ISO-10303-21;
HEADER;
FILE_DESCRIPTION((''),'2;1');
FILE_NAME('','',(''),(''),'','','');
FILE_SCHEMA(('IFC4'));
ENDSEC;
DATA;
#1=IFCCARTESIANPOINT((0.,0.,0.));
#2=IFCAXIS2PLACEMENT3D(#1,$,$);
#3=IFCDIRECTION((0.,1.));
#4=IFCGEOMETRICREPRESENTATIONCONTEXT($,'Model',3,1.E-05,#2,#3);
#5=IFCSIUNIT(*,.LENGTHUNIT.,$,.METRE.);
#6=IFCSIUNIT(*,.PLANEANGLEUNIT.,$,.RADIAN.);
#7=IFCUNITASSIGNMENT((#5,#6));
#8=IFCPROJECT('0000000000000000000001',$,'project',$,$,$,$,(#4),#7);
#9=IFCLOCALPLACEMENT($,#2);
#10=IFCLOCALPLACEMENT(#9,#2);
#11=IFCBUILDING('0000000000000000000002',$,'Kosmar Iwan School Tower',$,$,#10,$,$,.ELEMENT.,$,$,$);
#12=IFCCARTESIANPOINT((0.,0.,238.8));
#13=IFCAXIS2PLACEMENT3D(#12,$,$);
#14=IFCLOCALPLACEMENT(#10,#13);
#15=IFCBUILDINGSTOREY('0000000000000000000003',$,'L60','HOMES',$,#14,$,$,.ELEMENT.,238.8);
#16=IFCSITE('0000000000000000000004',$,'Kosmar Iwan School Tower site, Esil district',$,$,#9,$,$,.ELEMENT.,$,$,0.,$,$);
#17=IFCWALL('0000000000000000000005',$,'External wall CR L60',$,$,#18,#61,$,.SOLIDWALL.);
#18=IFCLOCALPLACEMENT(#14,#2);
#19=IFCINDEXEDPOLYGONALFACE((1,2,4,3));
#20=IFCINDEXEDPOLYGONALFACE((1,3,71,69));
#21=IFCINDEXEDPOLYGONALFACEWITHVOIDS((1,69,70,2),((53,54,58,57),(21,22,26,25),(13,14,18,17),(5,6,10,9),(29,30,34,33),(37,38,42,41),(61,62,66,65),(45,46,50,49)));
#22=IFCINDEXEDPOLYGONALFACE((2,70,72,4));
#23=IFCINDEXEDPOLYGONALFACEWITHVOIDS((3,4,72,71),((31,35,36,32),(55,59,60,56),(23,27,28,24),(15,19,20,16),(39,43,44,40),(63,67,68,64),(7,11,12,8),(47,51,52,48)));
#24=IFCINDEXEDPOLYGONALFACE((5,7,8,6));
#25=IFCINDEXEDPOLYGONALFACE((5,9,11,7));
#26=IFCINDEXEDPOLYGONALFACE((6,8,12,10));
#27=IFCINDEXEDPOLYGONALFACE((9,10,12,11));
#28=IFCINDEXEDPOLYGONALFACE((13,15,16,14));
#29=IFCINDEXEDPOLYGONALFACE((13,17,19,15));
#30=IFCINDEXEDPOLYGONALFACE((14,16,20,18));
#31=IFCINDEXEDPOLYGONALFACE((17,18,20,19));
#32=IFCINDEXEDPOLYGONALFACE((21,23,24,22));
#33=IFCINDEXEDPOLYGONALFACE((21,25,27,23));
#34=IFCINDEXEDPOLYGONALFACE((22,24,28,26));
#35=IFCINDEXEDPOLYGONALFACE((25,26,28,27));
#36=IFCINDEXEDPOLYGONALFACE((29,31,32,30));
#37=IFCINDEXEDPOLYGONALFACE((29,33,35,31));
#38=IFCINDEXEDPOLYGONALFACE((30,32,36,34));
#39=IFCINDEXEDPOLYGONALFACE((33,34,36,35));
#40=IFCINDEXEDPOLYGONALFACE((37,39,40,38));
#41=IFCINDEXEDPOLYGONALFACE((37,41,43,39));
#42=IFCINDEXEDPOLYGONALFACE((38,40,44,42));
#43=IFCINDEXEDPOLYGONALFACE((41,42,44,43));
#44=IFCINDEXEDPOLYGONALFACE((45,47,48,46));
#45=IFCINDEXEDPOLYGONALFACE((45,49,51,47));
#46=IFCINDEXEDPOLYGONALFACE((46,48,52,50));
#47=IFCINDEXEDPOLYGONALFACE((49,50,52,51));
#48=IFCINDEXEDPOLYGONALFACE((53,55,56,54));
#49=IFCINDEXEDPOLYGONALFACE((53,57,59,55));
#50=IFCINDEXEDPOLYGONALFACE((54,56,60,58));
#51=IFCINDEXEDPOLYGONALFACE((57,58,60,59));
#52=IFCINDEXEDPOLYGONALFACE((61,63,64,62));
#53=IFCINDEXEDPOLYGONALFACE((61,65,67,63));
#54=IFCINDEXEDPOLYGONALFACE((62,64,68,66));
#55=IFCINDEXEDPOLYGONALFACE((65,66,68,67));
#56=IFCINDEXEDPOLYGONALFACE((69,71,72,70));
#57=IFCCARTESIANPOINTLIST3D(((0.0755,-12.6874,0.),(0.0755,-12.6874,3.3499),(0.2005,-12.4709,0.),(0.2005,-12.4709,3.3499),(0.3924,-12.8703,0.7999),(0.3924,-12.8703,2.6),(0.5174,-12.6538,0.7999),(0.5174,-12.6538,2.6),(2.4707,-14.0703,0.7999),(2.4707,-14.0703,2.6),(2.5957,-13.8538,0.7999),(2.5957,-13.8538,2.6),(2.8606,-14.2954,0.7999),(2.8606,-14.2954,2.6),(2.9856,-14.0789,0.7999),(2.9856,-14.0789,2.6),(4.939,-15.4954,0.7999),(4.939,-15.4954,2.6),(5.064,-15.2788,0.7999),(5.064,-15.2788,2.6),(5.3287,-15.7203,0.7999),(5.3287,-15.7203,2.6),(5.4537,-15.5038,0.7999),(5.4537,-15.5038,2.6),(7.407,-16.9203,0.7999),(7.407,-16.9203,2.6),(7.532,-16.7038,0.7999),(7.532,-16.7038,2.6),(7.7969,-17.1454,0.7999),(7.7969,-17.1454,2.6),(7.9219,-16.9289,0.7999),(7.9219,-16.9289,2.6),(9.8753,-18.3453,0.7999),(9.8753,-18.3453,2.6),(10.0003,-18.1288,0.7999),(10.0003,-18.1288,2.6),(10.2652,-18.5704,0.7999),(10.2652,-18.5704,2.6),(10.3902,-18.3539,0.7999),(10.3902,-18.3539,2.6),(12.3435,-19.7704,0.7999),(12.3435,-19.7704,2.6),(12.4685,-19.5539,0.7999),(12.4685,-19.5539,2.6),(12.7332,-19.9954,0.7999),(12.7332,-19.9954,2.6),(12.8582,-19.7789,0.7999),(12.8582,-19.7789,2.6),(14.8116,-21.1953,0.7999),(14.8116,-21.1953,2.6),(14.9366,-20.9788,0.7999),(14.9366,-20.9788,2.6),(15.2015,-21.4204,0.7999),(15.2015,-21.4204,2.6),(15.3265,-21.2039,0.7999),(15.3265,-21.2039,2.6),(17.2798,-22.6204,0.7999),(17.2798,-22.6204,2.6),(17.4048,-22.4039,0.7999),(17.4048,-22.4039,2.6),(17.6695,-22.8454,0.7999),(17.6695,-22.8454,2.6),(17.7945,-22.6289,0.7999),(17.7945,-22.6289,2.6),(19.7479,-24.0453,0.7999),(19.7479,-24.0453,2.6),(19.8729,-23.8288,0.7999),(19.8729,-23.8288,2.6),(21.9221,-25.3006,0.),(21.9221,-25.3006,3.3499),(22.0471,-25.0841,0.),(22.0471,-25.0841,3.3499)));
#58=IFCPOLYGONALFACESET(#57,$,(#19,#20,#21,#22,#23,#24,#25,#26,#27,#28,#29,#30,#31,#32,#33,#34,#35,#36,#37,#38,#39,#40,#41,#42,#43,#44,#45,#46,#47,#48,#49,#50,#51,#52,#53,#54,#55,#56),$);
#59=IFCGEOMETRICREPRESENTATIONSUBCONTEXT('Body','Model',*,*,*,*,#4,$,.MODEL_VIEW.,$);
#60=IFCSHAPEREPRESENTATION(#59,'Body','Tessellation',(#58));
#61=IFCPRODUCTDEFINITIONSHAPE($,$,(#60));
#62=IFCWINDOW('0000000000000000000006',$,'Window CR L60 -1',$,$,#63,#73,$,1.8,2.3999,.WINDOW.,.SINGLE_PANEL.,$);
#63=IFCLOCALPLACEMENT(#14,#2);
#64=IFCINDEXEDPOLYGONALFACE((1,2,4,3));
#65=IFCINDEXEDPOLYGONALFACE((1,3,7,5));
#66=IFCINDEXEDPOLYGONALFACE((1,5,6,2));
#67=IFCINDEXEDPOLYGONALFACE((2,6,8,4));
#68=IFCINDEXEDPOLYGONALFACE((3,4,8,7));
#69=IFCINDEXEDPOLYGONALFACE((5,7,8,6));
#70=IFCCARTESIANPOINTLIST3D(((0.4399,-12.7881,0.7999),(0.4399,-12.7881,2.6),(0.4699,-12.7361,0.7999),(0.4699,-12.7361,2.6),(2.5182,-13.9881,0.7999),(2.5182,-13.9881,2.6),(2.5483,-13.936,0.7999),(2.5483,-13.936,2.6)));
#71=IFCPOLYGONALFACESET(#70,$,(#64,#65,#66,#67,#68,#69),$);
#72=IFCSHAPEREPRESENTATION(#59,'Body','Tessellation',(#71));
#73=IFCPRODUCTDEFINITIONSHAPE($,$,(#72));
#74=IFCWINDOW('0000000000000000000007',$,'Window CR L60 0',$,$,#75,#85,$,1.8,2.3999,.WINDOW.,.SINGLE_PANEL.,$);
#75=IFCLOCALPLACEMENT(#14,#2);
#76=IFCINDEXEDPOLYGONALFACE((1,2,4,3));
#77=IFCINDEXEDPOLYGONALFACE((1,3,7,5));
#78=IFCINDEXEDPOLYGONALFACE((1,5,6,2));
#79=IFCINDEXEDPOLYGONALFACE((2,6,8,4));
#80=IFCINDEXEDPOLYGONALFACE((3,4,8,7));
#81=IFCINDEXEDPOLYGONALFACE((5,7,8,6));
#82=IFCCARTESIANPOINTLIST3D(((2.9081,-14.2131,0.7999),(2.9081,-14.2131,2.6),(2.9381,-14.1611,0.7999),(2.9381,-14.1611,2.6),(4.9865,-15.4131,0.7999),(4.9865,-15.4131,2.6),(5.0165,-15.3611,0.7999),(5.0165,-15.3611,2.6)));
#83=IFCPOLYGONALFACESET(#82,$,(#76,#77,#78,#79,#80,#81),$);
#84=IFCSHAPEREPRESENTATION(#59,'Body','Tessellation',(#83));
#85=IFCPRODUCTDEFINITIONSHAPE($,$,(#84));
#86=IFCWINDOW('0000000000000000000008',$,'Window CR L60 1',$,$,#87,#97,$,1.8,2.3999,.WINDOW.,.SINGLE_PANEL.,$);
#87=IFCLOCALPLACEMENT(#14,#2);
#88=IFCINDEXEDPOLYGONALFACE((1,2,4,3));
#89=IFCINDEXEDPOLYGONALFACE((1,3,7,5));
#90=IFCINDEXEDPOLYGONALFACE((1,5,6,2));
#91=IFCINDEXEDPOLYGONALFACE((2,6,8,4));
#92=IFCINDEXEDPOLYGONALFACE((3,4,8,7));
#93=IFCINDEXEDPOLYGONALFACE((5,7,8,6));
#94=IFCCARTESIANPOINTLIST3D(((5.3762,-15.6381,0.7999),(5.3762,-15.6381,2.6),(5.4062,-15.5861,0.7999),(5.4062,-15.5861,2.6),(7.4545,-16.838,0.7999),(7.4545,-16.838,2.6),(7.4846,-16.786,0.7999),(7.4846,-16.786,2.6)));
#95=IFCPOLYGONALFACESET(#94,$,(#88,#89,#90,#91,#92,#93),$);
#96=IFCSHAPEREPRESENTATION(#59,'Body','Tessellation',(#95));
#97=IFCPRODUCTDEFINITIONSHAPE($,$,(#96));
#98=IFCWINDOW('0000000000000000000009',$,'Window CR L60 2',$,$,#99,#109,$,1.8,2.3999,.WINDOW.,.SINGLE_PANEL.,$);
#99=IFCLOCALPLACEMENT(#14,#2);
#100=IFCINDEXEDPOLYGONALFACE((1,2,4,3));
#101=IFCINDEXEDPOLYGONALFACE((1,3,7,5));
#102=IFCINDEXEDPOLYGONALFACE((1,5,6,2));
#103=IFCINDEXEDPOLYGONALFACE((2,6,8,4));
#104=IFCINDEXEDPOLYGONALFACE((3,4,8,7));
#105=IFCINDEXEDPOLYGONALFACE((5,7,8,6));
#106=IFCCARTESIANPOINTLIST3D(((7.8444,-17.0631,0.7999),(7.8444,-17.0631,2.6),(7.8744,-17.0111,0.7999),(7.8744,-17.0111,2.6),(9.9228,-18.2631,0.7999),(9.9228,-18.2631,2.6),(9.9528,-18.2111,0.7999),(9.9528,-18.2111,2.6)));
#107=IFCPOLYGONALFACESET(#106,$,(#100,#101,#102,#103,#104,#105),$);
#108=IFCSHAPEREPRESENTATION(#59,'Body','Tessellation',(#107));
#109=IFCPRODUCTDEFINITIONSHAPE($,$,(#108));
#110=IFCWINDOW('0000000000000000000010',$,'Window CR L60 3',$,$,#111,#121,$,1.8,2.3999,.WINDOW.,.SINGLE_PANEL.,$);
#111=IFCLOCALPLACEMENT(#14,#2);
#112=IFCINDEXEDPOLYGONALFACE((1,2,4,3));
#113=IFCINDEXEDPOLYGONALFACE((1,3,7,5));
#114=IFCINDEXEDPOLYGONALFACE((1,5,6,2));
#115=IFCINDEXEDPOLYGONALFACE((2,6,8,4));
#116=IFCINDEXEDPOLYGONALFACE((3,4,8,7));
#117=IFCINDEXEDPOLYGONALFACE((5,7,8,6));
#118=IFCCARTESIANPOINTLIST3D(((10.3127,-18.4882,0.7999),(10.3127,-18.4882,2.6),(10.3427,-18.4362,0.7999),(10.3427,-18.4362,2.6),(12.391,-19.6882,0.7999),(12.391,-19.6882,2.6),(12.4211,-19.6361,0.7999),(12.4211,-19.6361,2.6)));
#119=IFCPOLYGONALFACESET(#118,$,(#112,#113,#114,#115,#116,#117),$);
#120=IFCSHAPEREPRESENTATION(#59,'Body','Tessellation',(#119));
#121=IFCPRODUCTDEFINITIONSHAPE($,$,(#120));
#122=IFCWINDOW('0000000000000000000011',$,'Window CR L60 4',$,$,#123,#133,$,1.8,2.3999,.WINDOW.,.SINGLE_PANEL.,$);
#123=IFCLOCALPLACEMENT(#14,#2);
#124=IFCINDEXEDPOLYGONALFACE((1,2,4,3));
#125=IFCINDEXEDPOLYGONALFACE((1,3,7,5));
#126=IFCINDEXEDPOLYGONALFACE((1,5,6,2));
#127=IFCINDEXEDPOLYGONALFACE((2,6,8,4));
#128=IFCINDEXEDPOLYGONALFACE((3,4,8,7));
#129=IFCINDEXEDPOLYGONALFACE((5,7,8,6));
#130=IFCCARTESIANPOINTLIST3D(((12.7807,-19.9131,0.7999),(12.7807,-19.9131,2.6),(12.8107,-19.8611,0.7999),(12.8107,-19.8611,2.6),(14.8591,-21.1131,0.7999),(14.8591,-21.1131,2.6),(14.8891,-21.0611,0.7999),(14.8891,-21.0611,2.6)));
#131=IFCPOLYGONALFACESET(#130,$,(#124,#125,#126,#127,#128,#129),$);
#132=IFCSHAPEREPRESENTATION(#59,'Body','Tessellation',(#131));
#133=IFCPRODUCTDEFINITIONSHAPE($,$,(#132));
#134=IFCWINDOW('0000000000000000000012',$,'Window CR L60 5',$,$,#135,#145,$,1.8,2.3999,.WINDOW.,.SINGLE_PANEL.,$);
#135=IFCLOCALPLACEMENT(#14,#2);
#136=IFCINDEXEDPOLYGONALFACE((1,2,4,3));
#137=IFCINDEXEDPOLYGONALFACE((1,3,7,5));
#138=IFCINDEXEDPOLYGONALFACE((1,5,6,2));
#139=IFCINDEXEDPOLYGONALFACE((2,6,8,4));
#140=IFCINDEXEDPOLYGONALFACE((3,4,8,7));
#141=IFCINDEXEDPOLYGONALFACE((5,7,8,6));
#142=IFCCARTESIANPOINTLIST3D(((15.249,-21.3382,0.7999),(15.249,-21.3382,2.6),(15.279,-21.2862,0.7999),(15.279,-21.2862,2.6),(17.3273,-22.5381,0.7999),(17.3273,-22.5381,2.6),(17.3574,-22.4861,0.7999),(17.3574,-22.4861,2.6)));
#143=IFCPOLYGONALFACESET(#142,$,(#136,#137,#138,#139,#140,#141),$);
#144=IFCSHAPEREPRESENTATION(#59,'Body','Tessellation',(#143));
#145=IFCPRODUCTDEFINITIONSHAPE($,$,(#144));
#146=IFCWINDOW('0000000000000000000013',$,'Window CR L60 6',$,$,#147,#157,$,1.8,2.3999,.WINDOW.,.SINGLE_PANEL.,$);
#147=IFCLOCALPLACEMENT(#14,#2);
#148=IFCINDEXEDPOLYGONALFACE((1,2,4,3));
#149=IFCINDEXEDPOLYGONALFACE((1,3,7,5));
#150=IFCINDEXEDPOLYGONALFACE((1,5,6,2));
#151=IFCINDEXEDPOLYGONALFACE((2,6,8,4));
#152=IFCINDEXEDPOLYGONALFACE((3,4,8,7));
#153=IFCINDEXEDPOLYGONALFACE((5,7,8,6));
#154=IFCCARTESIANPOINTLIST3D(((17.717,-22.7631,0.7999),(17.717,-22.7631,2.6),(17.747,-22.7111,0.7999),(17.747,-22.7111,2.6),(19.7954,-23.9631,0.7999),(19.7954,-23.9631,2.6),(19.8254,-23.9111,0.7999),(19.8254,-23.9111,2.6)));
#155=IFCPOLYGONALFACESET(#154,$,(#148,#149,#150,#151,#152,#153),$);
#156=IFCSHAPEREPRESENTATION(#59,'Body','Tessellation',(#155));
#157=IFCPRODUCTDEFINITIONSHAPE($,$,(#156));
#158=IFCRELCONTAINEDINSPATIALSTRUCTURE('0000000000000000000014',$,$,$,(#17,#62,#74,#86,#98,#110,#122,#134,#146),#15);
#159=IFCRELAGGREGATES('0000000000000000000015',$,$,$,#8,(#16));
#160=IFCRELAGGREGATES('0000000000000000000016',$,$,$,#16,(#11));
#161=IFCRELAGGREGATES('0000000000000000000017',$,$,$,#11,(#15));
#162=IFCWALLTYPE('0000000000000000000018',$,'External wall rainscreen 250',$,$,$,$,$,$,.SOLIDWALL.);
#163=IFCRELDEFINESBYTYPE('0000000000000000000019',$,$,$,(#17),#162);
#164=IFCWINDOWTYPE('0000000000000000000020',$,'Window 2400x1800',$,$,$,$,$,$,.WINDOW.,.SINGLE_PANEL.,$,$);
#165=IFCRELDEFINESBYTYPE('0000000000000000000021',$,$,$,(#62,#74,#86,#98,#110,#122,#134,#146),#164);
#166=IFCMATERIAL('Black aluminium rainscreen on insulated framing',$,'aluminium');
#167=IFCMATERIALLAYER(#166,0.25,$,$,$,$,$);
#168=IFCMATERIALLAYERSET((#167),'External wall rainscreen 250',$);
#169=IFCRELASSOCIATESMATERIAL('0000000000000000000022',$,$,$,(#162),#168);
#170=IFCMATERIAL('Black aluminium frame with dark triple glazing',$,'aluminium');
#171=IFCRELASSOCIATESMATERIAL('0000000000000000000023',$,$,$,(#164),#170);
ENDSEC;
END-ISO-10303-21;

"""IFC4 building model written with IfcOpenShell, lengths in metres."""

from ifc_helpers import new_model, si_unit, direction, frame, frame_2d, origin, place, context, subcontext, project, spatial, rectangle, extrude, material, layer, layer_set, type_object, element, fill, save


model = new_model("IFC4")

# Units and contexts
model_context = context("Model", 3, precision=1e-05, world=origin(), true_north=direction((0.0, 1.0)))
body_context = subcontext(model_context, "Body", "Model", "MODEL_VIEW")
ifc_project = project(units=[si_unit("LENGTHUNIT", "METRE"), si_unit("PLANEANGLEUNIT", "RADIAN")], contexts=[model_context])

# Site, building, storey
site_placement = place(None, origin())
site = spatial("IfcSite", under=ifc_project, at=site_placement, Name="Kosmar Iwan School Tower site, Esil district", CompositionType="ELEMENT", RefElevation=0.0)
building_placement = place(site_placement, origin())
building = spatial("IfcBuilding", under=site, at=building_placement, Name="Kosmar Iwan School Tower", CompositionType="ELEMENT")
storey_placement = place(building_placement, frame((0.0, 0.0, 238.8)))
storey = spatial("IfcBuildingStorey", under=building, at=storey_placement, Name="L60", Description="HOMES", CompositionType="ELEMENT", Elevation=238.8)

# Wall, openings, windows
ifc_material_1 = material(Name="Black aluminium rainscreen on insulated framing", Category="aluminium")
ifc_layer_1 = layer(ifc_material_1, 0.25)
ifc_layer_set_1 = layer_set([ifc_layer_1], Name="External wall rainscreen 250")
wall_type_1 = type_object("IfcWallType", Name="External wall rainscreen 250", PredefinedType="SOLIDWALL", material=ifc_layer_set_1)
ifc_material_2 = material(Name="Black aluminium frame with dark triple glazing", Category="aluminium")
window_type = type_object("IfcWindowType", Name="Window 2400x1800", PartitioningType="SINGLE_PANEL", PredefinedType="WINDOW", material=ifc_material_2)
wall_1_placement = place(storey_placement, frame((0.1379, -12.5791, 0.0), z_axis=(0.0, 0.0, 1.0), x_axis=(0.866024, -0.500003, 0.0)))
wall_1 = element("IfcWall", 1, at=wall_1_placement, inside=storey, type_object=wall_type_1, Name="External wall CR L60", PredefinedType="SOLIDWALL", context=body_context, shape_type="SweptSolid", body=[
    extrude(rectangle(XDim=25.2263, YDim=0.25, at=frame_2d((12.6133, 0.0))), origin(), (0.0, 0.0, 1.0), 3.3499),
])
opening_1_placement = place(wall_1_placement, frame((0.366, 0.0, 0.8)))
opening_1 = element("IfcOpeningElement", 2, at=opening_1_placement, cuts=wall_1, PredefinedType="OPENING", context=body_context, shape_type="SweptSolid", body=[
    extrude(rectangle(XDim=2.3999, YDim=1.8, at=frame_2d((1.2, 0.8999))), frame((0.0, 0.137, 0.0), z_axis=(0.0, -1.0, 0.0), x_axis=(1.0, 0.0, 0.0)), (0.0, 0.0, 1.0), 0.2739),
])
opening_2_placement = place(wall_1_placement, frame((3.2161, 0.0, 0.8)))
opening_2 = element("IfcOpeningElement", 3, at=opening_2_placement, cuts=wall_1, PredefinedType="OPENING", context=body_context, shape_type="SweptSolid", body=[
    extrude(rectangle(XDim=2.3999, YDim=1.8, at=frame_2d((1.2, 0.8999))), frame((0.0, 0.137, 0.0), z_axis=(0.0, -1.0, 0.0), x_axis=(1.0, 0.0, 0.0)), (0.0, 0.0, 1.0), 0.2739),
])
opening_3_placement = place(wall_1_placement, frame((6.0659, 0.0, 0.8)))
opening_3 = element("IfcOpeningElement", 4, at=opening_3_placement, cuts=wall_1, PredefinedType="OPENING", context=body_context, shape_type="SweptSolid", body=[
    extrude(rectangle(XDim=2.3999, YDim=1.8, at=frame_2d((1.2, 0.8999))), frame((0.0, 0.137, 0.0), z_axis=(0.0, -1.0, 0.0), x_axis=(1.0, 0.0, 0.0)), (0.0, 0.0, 1.0), 0.2739),
])
opening_4_placement = place(wall_1_placement, frame((8.916, 0.0, 0.8)))
opening_4 = element("IfcOpeningElement", 5, at=opening_4_placement, cuts=wall_1, PredefinedType="OPENING", context=body_context, shape_type="SweptSolid", body=[
    extrude(rectangle(XDim=2.3999, YDim=1.8, at=frame_2d((1.2, 0.8999))), frame((0.0, 0.137, 0.0), z_axis=(0.0, -1.0, 0.0), x_axis=(1.0, 0.0, 0.0)), (0.0, 0.0, 1.0), 0.2739),
])
opening_5_placement = place(wall_1_placement, frame((11.7661, 0.0, 0.8)))
opening_5 = element("IfcOpeningElement", 6, at=opening_5_placement, cuts=wall_1, PredefinedType="OPENING", context=body_context, shape_type="SweptSolid", body=[
    extrude(rectangle(XDim=2.3999, YDim=1.8, at=frame_2d((1.2, 0.8999))), frame((0.0, 0.137, 0.0), z_axis=(0.0, -1.0, 0.0), x_axis=(1.0, 0.0, 0.0)), (0.0, 0.0, 1.0), 0.2739),
])
opening_6_placement = place(wall_1_placement, frame((14.616, 0.0, 0.8)))
opening_6 = element("IfcOpeningElement", 7, at=opening_6_placement, cuts=wall_1, PredefinedType="OPENING", context=body_context, shape_type="SweptSolid", body=[
    extrude(rectangle(XDim=2.3999, YDim=1.8, at=frame_2d((1.2, 0.8999))), frame((0.0, 0.137, 0.0), z_axis=(0.0, -1.0, 0.0), x_axis=(1.0, 0.0, 0.0)), (0.0, 0.0, 1.0), 0.2739),
])
opening_7_placement = place(wall_1_placement, frame((17.4661, 0.0, 0.8)))
opening_7 = element("IfcOpeningElement", 8, at=opening_7_placement, cuts=wall_1, PredefinedType="OPENING", context=body_context, shape_type="SweptSolid", body=[
    extrude(rectangle(XDim=2.3999, YDim=1.8, at=frame_2d((1.2, 0.8999))), frame((0.0, 0.137, 0.0), z_axis=(0.0, -1.0, 0.0), x_axis=(1.0, 0.0, 0.0)), (0.0, 0.0, 1.0), 0.2739),
])
opening_8_placement = place(wall_1_placement, frame((20.3159, 0.0, 0.8)))
opening_8 = element("IfcOpeningElement", 9, at=opening_8_placement, cuts=wall_1, PredefinedType="OPENING", context=body_context, shape_type="SweptSolid", body=[
    extrude(rectangle(XDim=2.3999, YDim=1.8, at=frame_2d((1.2, 0.8999))), frame((0.0, 0.137, 0.0), z_axis=(0.0, -1.0, 0.0), x_axis=(1.0, 0.0, 0.0)), (0.0, 0.0, 1.0), 0.2739),
])
window_1_placement = place(opening_1_placement, origin())
window_1 = element("IfcWindow", 10, at=window_1_placement, inside=storey, type_object=window_type, Name="Window CR L60 -1", OverallHeight=1.8, OverallWidth=2.3999, PartitioningType="SINGLE_PANEL", PredefinedType="WINDOW", context=body_context, shape_type="SweptSolid", body=[
    extrude(rectangle(XDim=2.3999, YDim=1.8, at=frame_2d((1.2, 0.8999))), frame((0.0, 0.03, 0.0), z_axis=(0.0, -1.0, 0.0), x_axis=(1.0, 0.0, 0.0)), (0.0, 0.0, 1.0), 0.0601),
])
fill(opening_1, window_1)
window_2_placement = place(opening_2_placement, origin())
window_2 = element("IfcWindow", 11, at=window_2_placement, inside=storey, type_object=window_type, Name="Window CR L60 0", OverallHeight=1.8, OverallWidth=2.3999, PartitioningType="SINGLE_PANEL", PredefinedType="WINDOW", context=body_context, shape_type="SweptSolid", body=[
    extrude(rectangle(XDim=2.3999, YDim=1.8, at=frame_2d((1.2, 0.8999))), frame((0.0, 0.03, 0.0), z_axis=(0.0, -1.0, 0.0), x_axis=(1.0, 0.0, 0.0)), (0.0, 0.0, 1.0), 0.0601),
])
fill(opening_2, window_2)
window_3_placement = place(opening_3_placement, origin())
window_3 = element("IfcWindow", 12, at=window_3_placement, inside=storey, type_object=window_type, Name="Window CR L60 1", OverallHeight=1.8, OverallWidth=2.3999, PartitioningType="SINGLE_PANEL", PredefinedType="WINDOW", context=body_context, shape_type="SweptSolid", body=[
    extrude(rectangle(XDim=2.3999, YDim=1.8, at=frame_2d((1.2, 0.8999))), frame((0.0, 0.03, 0.0), z_axis=(0.0, -1.0, 0.0), x_axis=(1.0, 0.0, 0.0)), (0.0, 0.0, 1.0), 0.0601),
])
fill(opening_3, window_3)
window_4_placement = place(opening_4_placement, origin())
window_4 = element("IfcWindow", 13, at=window_4_placement, inside=storey, type_object=window_type, Name="Window CR L60 2", OverallHeight=1.8, OverallWidth=2.3999, PartitioningType="SINGLE_PANEL", PredefinedType="WINDOW", context=body_context, shape_type="SweptSolid", body=[
    extrude(rectangle(XDim=2.3999, YDim=1.8, at=frame_2d((1.2, 0.8999))), frame((0.0, 0.03, 0.0), z_axis=(0.0, -1.0, 0.0), x_axis=(1.0, 0.0, 0.0)), (0.0, 0.0, 1.0), 0.0601),
])
fill(opening_4, window_4)
window_5_placement = place(opening_5_placement, origin())
window_5 = element("IfcWindow", 14, at=window_5_placement, inside=storey, type_object=window_type, Name="Window CR L60 3", OverallHeight=1.8, OverallWidth=2.3999, PartitioningType="SINGLE_PANEL", PredefinedType="WINDOW", context=body_context, shape_type="SweptSolid", body=[
    extrude(rectangle(XDim=2.3999, YDim=1.8, at=frame_2d((1.2, 0.8999))), frame((0.0, 0.03, 0.0), z_axis=(0.0, -1.0, 0.0), x_axis=(1.0, 0.0, 0.0)), (0.0, 0.0, 1.0), 0.0601),
])
fill(opening_5, window_5)
window_6_placement = place(opening_6_placement, origin())
window_6 = element("IfcWindow", 15, at=window_6_placement, inside=storey, type_object=window_type, Name="Window CR L60 4", OverallHeight=1.8, OverallWidth=2.3999, PartitioningType="SINGLE_PANEL", PredefinedType="WINDOW", context=body_context, shape_type="SweptSolid", body=[
    extrude(rectangle(XDim=2.3999, YDim=1.8, at=frame_2d((1.2, 0.8999))), frame((0.0, 0.03, 0.0), z_axis=(0.0, -1.0, 0.0), x_axis=(1.0, 0.0, 0.0)), (0.0, 0.0, 1.0), 0.0601),
])
fill(opening_6, window_6)
window_7_placement = place(opening_7_placement, origin())
window_7 = element("IfcWindow", 16, at=window_7_placement, inside=storey, type_object=window_type, Name="Window CR L60 5", OverallHeight=1.8, OverallWidth=2.3999, PartitioningType="SINGLE_PANEL", PredefinedType="WINDOW", context=body_context, shape_type="SweptSolid", body=[
    extrude(rectangle(XDim=2.3999, YDim=1.8, at=frame_2d((1.2, 0.8999))), frame((0.0, 0.03, 0.0), z_axis=(0.0, -1.0, 0.0), x_axis=(1.0, 0.0, 0.0)), (0.0, 0.0, 1.0), 0.0601),
])
fill(opening_7, window_7)
window_8_placement = place(opening_8_placement, origin())
window_8 = element("IfcWindow", 17, at=window_8_placement, inside=storey, type_object=window_type, Name="Window CR L60 6", OverallHeight=1.8, OverallWidth=2.3999, PartitioningType="SINGLE_PANEL", PredefinedType="WINDOW", context=body_context, shape_type="SweptSolid", body=[
    extrude(rectangle(XDim=2.3999, YDim=1.8, at=frame_2d((1.2, 0.8999))), frame((0.0, 0.03, 0.0), z_axis=(0.0, -1.0, 0.0), x_axis=(1.0, 0.0, 0.0)), (0.0, 0.0, 1.0), 0.0601),
])
fill(opening_8, window_8)

save(model, "model.ifc")
